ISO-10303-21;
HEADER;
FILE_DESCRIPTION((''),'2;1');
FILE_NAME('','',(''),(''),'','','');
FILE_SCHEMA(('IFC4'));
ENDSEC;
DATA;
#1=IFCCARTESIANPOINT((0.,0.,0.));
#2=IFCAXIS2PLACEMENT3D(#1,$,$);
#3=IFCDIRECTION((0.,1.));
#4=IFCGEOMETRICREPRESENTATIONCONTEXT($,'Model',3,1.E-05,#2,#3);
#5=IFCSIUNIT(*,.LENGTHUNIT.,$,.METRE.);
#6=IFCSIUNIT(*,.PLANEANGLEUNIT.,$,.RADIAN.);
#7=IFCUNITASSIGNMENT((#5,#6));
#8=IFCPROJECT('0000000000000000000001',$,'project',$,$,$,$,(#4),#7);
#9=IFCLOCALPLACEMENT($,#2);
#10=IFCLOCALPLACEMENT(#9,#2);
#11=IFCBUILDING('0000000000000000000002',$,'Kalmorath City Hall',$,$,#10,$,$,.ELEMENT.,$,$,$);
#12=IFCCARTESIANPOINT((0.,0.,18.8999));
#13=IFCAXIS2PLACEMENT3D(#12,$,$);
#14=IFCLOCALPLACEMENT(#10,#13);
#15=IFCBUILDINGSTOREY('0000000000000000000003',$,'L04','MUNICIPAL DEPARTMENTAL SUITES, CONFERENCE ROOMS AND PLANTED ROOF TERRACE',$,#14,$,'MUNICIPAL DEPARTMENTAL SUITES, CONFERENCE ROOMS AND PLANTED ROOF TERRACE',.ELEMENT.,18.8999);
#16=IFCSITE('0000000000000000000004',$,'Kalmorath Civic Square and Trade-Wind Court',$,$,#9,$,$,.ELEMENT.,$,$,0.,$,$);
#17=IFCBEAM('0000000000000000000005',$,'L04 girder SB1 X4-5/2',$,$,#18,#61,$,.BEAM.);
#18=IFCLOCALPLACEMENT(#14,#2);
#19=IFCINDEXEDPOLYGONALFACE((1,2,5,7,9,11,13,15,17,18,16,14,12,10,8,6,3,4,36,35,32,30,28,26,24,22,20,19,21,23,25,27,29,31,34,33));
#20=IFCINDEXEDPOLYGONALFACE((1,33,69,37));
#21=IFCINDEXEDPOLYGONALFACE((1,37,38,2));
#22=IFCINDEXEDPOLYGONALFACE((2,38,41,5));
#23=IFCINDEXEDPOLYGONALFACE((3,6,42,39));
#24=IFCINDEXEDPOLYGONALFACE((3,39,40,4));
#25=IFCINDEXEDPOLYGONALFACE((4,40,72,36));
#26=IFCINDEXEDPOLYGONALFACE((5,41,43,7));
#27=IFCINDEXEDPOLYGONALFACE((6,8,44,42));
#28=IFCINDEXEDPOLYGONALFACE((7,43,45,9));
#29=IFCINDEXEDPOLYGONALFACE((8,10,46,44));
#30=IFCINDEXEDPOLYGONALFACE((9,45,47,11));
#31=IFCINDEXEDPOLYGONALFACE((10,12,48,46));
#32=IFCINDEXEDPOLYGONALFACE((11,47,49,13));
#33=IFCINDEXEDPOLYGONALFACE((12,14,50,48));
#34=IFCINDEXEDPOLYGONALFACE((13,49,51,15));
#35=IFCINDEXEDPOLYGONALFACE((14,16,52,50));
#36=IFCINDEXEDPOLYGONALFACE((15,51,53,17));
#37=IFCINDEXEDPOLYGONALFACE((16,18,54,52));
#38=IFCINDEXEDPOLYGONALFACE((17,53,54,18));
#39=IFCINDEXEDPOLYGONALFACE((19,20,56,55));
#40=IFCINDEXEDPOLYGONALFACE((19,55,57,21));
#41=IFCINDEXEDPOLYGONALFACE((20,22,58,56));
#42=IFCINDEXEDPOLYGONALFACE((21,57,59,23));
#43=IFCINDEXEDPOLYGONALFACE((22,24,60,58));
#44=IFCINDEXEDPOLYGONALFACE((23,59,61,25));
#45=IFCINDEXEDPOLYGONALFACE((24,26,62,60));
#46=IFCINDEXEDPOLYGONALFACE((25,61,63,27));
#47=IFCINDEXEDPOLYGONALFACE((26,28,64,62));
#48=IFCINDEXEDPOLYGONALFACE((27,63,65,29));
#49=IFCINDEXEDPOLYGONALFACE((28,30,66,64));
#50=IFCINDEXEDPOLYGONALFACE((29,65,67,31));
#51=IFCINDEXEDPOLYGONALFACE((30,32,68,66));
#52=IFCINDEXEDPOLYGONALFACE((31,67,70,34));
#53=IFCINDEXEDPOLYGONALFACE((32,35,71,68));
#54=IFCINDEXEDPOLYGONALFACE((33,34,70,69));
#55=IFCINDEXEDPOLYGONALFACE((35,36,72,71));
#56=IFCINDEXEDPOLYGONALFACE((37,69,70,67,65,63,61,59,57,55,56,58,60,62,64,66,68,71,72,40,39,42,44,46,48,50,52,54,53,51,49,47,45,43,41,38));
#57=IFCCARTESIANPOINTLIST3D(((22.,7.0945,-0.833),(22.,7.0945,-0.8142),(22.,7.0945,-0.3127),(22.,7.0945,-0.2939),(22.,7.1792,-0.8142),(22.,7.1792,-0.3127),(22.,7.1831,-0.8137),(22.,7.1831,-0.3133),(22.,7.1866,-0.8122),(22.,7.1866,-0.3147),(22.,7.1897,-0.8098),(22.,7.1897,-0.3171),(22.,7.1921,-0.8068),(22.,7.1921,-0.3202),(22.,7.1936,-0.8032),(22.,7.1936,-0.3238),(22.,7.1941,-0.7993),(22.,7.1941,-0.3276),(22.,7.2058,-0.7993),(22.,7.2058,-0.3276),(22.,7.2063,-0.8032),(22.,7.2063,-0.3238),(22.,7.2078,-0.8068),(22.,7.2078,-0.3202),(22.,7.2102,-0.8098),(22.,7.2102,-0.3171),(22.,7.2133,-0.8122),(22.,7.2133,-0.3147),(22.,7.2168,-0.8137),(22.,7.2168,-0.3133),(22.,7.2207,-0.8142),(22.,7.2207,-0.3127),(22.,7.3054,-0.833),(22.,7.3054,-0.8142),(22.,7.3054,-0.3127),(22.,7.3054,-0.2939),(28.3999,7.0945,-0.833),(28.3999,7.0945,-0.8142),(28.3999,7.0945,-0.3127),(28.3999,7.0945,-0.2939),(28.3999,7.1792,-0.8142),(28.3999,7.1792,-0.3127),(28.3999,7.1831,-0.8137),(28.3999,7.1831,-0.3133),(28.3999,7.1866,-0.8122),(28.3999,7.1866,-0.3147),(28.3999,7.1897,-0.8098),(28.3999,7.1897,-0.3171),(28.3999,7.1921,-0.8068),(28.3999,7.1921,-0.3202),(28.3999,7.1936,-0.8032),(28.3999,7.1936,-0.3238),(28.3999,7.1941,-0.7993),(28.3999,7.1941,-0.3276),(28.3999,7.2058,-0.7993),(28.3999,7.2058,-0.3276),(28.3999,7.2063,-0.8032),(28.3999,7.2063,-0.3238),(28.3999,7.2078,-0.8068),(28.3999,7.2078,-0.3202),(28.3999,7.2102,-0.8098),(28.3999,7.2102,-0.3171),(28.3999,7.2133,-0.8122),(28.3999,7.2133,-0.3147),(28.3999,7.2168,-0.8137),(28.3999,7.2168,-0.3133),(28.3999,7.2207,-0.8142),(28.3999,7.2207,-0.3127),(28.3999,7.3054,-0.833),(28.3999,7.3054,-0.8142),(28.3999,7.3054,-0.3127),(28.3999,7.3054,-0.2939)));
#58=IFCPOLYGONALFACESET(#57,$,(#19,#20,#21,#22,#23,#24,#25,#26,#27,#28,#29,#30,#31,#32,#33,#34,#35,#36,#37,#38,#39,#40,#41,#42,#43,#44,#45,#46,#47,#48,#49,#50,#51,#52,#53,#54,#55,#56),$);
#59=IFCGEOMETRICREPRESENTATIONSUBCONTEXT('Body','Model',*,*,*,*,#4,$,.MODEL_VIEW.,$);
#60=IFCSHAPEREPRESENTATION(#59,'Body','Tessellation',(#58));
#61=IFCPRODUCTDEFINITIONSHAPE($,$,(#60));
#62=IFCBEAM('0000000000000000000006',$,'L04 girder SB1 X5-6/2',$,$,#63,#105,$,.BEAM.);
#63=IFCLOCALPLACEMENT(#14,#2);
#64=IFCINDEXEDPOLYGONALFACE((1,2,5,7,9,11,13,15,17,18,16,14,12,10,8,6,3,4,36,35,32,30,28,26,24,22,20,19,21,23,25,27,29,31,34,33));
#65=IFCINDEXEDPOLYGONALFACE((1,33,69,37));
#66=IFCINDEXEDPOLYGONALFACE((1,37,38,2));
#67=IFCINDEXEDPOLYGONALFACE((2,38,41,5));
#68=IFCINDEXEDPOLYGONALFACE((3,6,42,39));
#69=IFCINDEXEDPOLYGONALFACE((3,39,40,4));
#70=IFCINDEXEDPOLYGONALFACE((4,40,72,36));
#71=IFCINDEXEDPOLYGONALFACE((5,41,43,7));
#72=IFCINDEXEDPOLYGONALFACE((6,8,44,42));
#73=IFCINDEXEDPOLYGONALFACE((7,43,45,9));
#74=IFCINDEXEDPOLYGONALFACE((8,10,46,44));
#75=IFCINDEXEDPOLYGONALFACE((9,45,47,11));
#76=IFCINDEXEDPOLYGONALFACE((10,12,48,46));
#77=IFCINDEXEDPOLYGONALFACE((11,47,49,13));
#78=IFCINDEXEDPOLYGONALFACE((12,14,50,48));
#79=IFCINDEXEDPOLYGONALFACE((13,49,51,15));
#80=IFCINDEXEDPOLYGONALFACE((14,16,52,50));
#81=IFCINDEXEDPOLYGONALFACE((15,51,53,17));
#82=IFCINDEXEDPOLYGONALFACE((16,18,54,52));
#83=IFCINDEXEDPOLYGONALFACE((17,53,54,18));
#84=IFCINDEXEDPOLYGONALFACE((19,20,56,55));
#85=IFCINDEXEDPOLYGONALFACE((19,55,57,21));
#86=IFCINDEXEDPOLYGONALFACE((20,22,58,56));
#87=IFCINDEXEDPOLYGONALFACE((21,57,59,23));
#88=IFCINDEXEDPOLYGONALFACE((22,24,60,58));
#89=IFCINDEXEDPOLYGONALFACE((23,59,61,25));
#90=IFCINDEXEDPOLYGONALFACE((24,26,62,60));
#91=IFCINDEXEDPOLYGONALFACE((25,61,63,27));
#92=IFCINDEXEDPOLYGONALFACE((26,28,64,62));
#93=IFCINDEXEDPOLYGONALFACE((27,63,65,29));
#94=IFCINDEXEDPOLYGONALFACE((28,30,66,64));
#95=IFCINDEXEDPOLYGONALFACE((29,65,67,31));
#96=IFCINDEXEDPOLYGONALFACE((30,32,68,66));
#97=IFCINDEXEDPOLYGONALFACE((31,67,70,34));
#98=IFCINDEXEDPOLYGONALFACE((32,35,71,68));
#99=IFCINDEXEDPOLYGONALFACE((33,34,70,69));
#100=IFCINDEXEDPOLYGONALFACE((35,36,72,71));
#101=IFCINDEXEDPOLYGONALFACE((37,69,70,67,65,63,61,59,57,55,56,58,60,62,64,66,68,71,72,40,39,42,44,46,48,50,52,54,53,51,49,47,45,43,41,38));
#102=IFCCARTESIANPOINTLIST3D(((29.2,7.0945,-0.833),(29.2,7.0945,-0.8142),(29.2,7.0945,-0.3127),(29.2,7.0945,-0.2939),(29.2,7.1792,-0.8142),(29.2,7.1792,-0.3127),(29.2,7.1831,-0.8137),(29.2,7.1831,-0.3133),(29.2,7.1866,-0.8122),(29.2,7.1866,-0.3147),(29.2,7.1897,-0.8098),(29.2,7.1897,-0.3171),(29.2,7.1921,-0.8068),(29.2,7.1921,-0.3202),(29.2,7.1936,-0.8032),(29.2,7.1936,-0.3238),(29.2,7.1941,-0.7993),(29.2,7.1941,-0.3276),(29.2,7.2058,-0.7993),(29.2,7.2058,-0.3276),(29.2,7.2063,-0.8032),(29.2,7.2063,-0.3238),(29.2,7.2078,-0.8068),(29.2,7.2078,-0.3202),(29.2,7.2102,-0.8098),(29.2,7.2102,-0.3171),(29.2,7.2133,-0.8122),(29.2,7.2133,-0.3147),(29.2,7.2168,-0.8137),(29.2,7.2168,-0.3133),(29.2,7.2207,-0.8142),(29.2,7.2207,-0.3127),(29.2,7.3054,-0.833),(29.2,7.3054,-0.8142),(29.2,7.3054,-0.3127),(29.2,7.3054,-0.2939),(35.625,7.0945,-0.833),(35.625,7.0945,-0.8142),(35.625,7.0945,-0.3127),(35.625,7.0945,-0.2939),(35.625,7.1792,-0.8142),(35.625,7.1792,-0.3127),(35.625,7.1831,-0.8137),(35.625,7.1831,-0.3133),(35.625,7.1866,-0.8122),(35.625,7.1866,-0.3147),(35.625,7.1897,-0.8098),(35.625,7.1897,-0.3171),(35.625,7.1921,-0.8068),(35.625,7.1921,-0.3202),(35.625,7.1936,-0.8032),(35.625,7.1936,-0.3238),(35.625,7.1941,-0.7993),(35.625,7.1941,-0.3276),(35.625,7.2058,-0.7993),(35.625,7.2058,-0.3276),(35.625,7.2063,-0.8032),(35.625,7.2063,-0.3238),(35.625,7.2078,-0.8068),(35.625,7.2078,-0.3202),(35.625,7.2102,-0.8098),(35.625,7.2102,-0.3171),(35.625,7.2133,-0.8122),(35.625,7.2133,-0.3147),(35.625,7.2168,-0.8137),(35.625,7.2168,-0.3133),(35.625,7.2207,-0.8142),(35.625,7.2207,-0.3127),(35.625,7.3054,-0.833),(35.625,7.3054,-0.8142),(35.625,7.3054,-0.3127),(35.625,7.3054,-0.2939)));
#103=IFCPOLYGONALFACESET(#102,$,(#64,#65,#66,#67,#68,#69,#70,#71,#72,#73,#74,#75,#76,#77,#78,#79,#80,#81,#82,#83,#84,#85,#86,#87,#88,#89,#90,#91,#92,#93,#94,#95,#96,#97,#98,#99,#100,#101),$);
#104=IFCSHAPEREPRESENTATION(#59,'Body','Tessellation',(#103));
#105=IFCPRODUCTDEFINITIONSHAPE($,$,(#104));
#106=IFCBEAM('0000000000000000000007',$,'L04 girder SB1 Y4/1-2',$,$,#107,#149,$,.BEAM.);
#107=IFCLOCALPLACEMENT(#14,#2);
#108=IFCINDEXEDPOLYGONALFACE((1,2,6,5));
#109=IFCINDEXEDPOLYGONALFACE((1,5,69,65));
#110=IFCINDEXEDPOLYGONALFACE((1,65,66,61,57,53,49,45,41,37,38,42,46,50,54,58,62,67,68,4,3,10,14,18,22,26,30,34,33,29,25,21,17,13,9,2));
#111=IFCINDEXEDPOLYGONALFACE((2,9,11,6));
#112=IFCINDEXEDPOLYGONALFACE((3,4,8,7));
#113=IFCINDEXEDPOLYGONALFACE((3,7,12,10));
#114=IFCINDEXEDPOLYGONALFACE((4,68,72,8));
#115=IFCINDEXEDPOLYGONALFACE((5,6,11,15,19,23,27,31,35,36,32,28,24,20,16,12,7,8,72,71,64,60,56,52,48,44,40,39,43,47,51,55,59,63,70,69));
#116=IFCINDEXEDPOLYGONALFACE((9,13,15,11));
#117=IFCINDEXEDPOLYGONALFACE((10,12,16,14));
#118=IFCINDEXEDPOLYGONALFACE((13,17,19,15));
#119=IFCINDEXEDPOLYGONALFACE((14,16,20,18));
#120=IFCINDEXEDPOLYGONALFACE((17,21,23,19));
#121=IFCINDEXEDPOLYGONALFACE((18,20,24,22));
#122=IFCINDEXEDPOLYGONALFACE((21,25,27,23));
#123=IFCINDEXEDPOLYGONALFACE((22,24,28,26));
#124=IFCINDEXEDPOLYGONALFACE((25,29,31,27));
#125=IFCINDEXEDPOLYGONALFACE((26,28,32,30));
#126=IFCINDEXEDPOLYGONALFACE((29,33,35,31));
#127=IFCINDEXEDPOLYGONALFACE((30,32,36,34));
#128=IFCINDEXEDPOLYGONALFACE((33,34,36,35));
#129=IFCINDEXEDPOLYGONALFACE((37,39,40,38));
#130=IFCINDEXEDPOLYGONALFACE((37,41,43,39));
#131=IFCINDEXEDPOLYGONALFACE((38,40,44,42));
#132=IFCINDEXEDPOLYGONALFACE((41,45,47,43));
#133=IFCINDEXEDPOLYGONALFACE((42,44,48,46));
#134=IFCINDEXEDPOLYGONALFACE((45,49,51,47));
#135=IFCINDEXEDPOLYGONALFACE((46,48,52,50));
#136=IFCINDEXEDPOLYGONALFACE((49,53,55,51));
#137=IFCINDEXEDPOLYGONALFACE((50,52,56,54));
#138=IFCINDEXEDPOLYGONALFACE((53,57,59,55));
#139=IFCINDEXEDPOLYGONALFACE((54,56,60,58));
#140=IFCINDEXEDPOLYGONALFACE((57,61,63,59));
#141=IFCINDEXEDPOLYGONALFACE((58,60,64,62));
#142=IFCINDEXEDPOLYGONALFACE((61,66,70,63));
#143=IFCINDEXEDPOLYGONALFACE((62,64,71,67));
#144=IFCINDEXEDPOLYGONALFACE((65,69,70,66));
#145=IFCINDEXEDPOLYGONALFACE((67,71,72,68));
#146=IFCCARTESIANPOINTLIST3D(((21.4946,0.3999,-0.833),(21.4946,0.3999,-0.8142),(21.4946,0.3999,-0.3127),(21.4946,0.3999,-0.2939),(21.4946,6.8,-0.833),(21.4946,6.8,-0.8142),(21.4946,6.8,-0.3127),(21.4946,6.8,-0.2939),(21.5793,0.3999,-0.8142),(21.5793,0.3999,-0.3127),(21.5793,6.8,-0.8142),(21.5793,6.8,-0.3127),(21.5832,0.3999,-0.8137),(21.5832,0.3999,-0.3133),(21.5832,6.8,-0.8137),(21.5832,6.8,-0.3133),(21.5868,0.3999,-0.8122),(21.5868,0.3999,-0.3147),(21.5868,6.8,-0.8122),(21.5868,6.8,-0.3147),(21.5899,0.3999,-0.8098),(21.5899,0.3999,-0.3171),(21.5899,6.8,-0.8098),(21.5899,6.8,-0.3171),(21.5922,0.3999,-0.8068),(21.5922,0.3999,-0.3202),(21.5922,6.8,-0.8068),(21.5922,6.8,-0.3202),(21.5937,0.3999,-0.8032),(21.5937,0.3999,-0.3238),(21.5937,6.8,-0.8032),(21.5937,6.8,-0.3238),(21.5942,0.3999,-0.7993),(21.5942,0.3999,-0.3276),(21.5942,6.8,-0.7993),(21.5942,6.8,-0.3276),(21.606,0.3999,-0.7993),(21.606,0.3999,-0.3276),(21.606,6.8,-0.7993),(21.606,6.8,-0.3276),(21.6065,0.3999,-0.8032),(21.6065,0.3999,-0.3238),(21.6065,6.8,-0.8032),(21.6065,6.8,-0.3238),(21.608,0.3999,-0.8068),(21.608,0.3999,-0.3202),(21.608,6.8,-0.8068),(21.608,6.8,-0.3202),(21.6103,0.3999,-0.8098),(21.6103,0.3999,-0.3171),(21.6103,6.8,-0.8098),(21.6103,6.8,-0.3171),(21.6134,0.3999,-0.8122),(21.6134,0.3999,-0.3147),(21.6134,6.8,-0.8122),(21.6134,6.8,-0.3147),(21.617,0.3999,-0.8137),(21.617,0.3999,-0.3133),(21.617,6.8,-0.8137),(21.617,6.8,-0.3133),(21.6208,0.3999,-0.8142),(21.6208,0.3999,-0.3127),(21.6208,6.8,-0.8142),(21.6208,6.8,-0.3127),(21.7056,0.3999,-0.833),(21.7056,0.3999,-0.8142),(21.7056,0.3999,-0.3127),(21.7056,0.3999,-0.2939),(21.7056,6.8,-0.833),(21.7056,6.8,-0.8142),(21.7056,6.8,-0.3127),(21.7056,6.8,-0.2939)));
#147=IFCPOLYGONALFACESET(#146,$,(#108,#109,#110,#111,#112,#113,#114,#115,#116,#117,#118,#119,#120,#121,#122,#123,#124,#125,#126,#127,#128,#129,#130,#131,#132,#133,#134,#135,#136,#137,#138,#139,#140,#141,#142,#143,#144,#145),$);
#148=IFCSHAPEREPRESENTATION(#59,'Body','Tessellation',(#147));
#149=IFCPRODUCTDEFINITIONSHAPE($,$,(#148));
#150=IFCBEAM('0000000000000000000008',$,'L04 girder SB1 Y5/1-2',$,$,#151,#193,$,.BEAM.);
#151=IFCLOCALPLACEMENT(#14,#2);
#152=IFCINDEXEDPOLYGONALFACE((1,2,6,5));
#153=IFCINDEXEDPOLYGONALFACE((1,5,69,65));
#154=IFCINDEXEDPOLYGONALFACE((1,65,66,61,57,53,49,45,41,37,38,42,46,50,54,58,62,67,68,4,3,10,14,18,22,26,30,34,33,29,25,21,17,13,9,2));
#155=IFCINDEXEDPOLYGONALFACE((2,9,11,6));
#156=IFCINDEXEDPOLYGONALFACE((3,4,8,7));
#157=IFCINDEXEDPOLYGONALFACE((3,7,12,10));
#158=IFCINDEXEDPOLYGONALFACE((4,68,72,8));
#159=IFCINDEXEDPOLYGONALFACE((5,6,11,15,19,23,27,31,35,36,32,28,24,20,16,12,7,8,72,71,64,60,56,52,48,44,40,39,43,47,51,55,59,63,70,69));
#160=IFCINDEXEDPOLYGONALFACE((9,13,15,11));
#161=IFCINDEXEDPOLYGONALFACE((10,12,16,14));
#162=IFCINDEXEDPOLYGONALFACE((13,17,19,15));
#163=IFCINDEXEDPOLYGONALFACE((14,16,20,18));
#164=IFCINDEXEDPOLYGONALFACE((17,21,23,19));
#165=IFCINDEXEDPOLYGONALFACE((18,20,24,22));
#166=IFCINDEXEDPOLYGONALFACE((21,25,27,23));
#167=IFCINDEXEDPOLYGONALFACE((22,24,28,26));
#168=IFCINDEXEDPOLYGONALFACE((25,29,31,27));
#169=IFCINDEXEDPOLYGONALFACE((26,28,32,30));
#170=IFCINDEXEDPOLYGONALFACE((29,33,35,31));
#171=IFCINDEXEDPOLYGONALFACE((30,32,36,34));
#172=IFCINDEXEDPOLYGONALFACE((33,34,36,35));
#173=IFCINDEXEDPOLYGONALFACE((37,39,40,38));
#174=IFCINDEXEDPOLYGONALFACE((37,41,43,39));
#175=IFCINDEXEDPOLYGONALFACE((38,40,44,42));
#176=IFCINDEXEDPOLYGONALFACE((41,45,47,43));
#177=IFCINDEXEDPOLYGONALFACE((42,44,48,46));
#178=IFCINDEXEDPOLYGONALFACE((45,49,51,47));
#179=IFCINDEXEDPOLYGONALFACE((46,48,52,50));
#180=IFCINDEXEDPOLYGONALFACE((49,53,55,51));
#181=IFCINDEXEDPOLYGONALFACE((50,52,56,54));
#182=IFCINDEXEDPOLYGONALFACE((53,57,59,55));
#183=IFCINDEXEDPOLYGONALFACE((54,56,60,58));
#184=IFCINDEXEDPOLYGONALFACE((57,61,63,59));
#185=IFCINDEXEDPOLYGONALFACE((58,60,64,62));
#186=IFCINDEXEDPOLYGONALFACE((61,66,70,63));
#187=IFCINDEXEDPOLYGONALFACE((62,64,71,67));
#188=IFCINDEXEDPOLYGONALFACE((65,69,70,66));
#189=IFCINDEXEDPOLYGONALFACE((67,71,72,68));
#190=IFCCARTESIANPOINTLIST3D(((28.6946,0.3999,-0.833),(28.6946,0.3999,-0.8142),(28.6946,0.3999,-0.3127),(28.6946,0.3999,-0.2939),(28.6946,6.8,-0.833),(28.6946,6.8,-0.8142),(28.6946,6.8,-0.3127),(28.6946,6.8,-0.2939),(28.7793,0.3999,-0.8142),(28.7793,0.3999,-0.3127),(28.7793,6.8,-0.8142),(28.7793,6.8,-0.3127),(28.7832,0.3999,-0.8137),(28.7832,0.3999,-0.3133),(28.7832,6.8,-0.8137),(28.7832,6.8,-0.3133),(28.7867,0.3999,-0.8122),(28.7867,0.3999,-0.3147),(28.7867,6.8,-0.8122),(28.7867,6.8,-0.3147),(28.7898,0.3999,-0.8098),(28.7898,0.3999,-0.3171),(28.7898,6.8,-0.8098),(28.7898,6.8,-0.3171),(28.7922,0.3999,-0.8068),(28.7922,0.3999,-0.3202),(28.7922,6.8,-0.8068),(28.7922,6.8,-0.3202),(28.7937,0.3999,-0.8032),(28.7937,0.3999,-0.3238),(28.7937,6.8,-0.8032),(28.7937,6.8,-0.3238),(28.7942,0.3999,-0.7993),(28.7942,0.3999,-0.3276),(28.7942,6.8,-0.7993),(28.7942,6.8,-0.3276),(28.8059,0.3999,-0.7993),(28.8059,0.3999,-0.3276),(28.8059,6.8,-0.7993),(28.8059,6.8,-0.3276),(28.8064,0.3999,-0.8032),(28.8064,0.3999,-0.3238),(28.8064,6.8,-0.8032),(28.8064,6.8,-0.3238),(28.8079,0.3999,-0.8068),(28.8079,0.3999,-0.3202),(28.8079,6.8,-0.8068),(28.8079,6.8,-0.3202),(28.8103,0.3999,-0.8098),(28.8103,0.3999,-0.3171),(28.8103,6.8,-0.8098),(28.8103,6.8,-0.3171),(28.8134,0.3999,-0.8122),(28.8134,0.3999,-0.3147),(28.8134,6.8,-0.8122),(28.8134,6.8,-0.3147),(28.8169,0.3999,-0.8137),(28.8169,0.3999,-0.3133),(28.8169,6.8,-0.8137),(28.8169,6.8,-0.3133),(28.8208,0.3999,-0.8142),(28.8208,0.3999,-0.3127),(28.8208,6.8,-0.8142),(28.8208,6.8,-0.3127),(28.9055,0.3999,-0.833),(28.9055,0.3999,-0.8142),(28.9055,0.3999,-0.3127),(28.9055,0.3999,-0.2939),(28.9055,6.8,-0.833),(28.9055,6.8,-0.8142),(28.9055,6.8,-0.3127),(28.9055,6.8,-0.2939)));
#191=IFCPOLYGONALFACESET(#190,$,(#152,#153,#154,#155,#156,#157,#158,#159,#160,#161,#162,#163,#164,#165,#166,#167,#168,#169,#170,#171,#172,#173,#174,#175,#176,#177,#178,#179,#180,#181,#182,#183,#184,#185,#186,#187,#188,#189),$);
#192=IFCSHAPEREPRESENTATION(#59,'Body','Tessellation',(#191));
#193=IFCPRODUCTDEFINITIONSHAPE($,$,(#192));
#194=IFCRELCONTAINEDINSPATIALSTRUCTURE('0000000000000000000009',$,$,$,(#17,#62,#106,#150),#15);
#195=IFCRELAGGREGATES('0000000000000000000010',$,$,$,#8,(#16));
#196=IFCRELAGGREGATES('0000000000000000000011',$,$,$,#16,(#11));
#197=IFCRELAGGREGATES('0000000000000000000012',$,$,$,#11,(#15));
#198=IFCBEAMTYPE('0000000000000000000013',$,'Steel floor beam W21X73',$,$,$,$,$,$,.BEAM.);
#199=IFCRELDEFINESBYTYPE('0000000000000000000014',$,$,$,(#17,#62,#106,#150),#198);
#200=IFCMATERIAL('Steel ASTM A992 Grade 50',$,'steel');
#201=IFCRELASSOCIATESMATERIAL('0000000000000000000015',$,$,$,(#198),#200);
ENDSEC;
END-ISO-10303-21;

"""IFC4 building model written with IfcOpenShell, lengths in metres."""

from ifc_helpers import new_model, si_unit, direction, frame, origin, origin_2d, place, context, subcontext, project, spatial, i_section, extrude, material, material_profile, profile_set, type_object, element, save


model = new_model("IFC4")

# Units and contexts
model_context = context("Model", 3, precision=1e-05, world=origin(), true_north=direction((0.0, 1.0)))
body_context = subcontext(model_context, "Body", "Model", "MODEL_VIEW")
ifc_project = project(units=[si_unit("LENGTHUNIT", "METRE"), si_unit("PLANEANGLEUNIT", "RADIAN")], contexts=[model_context])

# Site, building, storey
site_placement = place(None, origin())
site = spatial("IfcSite", under=ifc_project, at=site_placement, Name="Kalmorath Civic Square and Trade-Wind Court", CompositionType="ELEMENT", RefElevation=0.0)
building_placement = place(site_placement, origin())
building = spatial("IfcBuilding", under=site, at=building_placement, Name="Kalmorath City Hall", CompositionType="ELEMENT")
storey_placement = place(building_placement, frame((0.0, 0.0, 18.8999)))
storey = spatial("IfcBuildingStorey", under=building, at=storey_placement, Name="L04", Description="MUNICIPAL DEPARTMENTAL SUITES, CONFERENCE ROOMS AND PLANTED ROOF TERRACE", LongName="MUNICIPAL DEPARTMENTAL SUITES, CONFERENCE ROOMS AND PLANTED ROOF TERRACE", CompositionType="ELEMENT", Elevation=18.8999)

# Beams
ifc_material_1 = material(Name="Steel ASTM A992 Grade 50", Category="steel")
ifc_material_profile_1 = material_profile(ifc_material_1, i_section(OverallWidth=0.2109, OverallDepth=0.5391, WebThickness=0.0117, FlangeThickness=0.0188, FilletRadius=0.0149, at=origin_2d()), Name="W21X73")
ifc_profile_set_1 = profile_set([ifc_material_profile_1], Name="Steel ASTM A992 Grade 50")
beam_type_1 = type_object("IfcBeamType", Name="Steel floor beam W21X73", PredefinedType="BEAM", material=ifc_profile_set_1)
beam_1_placement = place(storey_placement, frame((22.0, 7.2, -0.5635), z_axis=(1.0, 0.0, 0.0), x_axis=(0.0, 1.0, 0.0)))
element("IfcBeam", 1, at=beam_1_placement, inside=storey, type_object=beam_type_1, Name="L04 girder SB1 X4-5/2", PredefinedType="BEAM", context=body_context, shape_type="SweptSolid", body=[
    extrude(i_section(OverallWidth=0.2109, OverallDepth=0.5391, WebThickness=0.0117, FlangeThickness=0.0188, FilletRadius=0.0149, at=origin_2d()), origin(), (0.0, 0.0, 1.0), 6.3999),
])
beam_2_placement = place(storey_placement, frame((29.2, 7.2, -0.5635), z_axis=(1.0, 0.0, 0.0), x_axis=(0.0, 1.0, 0.0)))
element("IfcBeam", 2, at=beam_2_placement, inside=storey, type_object=beam_type_1, Name="L04 girder SB1 X5-6/2", PredefinedType="BEAM", context=body_context, shape_type="SweptSolid", body=[
    extrude(i_section(OverallWidth=0.2109, OverallDepth=0.5391, WebThickness=0.0117, FlangeThickness=0.0188, FilletRadius=0.0149, at=origin_2d()), origin(), (0.0, 0.0, 1.0), 6.425),
])
for number, where, z_axis, x_axis, name in (
    (3, (21.6001, 0.3999, -0.5635), (0.0, 1.0, 0.0), (-1.0, 0.0, 0.0), "L04 girder SB1 Y4/1-2"),
    (4, (28.8, 0.3999, -0.5635), (0.0, 1.0, 0.0), (-1.0, 0.0, 0.0), "L04 girder SB1 Y5/1-2"),
):
    element("IfcBeam", number, at=place(storey_placement, frame(where, z_axis=z_axis, x_axis=x_axis)), inside=storey, type_object=beam_type_1, Name=name, PredefinedType="BEAM", context=body_context, shape_type="SweptSolid", body=[
        extrude(i_section(OverallWidth=0.2109, OverallDepth=0.5391, WebThickness=0.0117, FlangeThickness=0.0188, FilletRadius=0.0149, at=origin_2d()), origin(), (0.0, 0.0, 1.0), 6.4001),
    ])

save(model, "model.ifc")
